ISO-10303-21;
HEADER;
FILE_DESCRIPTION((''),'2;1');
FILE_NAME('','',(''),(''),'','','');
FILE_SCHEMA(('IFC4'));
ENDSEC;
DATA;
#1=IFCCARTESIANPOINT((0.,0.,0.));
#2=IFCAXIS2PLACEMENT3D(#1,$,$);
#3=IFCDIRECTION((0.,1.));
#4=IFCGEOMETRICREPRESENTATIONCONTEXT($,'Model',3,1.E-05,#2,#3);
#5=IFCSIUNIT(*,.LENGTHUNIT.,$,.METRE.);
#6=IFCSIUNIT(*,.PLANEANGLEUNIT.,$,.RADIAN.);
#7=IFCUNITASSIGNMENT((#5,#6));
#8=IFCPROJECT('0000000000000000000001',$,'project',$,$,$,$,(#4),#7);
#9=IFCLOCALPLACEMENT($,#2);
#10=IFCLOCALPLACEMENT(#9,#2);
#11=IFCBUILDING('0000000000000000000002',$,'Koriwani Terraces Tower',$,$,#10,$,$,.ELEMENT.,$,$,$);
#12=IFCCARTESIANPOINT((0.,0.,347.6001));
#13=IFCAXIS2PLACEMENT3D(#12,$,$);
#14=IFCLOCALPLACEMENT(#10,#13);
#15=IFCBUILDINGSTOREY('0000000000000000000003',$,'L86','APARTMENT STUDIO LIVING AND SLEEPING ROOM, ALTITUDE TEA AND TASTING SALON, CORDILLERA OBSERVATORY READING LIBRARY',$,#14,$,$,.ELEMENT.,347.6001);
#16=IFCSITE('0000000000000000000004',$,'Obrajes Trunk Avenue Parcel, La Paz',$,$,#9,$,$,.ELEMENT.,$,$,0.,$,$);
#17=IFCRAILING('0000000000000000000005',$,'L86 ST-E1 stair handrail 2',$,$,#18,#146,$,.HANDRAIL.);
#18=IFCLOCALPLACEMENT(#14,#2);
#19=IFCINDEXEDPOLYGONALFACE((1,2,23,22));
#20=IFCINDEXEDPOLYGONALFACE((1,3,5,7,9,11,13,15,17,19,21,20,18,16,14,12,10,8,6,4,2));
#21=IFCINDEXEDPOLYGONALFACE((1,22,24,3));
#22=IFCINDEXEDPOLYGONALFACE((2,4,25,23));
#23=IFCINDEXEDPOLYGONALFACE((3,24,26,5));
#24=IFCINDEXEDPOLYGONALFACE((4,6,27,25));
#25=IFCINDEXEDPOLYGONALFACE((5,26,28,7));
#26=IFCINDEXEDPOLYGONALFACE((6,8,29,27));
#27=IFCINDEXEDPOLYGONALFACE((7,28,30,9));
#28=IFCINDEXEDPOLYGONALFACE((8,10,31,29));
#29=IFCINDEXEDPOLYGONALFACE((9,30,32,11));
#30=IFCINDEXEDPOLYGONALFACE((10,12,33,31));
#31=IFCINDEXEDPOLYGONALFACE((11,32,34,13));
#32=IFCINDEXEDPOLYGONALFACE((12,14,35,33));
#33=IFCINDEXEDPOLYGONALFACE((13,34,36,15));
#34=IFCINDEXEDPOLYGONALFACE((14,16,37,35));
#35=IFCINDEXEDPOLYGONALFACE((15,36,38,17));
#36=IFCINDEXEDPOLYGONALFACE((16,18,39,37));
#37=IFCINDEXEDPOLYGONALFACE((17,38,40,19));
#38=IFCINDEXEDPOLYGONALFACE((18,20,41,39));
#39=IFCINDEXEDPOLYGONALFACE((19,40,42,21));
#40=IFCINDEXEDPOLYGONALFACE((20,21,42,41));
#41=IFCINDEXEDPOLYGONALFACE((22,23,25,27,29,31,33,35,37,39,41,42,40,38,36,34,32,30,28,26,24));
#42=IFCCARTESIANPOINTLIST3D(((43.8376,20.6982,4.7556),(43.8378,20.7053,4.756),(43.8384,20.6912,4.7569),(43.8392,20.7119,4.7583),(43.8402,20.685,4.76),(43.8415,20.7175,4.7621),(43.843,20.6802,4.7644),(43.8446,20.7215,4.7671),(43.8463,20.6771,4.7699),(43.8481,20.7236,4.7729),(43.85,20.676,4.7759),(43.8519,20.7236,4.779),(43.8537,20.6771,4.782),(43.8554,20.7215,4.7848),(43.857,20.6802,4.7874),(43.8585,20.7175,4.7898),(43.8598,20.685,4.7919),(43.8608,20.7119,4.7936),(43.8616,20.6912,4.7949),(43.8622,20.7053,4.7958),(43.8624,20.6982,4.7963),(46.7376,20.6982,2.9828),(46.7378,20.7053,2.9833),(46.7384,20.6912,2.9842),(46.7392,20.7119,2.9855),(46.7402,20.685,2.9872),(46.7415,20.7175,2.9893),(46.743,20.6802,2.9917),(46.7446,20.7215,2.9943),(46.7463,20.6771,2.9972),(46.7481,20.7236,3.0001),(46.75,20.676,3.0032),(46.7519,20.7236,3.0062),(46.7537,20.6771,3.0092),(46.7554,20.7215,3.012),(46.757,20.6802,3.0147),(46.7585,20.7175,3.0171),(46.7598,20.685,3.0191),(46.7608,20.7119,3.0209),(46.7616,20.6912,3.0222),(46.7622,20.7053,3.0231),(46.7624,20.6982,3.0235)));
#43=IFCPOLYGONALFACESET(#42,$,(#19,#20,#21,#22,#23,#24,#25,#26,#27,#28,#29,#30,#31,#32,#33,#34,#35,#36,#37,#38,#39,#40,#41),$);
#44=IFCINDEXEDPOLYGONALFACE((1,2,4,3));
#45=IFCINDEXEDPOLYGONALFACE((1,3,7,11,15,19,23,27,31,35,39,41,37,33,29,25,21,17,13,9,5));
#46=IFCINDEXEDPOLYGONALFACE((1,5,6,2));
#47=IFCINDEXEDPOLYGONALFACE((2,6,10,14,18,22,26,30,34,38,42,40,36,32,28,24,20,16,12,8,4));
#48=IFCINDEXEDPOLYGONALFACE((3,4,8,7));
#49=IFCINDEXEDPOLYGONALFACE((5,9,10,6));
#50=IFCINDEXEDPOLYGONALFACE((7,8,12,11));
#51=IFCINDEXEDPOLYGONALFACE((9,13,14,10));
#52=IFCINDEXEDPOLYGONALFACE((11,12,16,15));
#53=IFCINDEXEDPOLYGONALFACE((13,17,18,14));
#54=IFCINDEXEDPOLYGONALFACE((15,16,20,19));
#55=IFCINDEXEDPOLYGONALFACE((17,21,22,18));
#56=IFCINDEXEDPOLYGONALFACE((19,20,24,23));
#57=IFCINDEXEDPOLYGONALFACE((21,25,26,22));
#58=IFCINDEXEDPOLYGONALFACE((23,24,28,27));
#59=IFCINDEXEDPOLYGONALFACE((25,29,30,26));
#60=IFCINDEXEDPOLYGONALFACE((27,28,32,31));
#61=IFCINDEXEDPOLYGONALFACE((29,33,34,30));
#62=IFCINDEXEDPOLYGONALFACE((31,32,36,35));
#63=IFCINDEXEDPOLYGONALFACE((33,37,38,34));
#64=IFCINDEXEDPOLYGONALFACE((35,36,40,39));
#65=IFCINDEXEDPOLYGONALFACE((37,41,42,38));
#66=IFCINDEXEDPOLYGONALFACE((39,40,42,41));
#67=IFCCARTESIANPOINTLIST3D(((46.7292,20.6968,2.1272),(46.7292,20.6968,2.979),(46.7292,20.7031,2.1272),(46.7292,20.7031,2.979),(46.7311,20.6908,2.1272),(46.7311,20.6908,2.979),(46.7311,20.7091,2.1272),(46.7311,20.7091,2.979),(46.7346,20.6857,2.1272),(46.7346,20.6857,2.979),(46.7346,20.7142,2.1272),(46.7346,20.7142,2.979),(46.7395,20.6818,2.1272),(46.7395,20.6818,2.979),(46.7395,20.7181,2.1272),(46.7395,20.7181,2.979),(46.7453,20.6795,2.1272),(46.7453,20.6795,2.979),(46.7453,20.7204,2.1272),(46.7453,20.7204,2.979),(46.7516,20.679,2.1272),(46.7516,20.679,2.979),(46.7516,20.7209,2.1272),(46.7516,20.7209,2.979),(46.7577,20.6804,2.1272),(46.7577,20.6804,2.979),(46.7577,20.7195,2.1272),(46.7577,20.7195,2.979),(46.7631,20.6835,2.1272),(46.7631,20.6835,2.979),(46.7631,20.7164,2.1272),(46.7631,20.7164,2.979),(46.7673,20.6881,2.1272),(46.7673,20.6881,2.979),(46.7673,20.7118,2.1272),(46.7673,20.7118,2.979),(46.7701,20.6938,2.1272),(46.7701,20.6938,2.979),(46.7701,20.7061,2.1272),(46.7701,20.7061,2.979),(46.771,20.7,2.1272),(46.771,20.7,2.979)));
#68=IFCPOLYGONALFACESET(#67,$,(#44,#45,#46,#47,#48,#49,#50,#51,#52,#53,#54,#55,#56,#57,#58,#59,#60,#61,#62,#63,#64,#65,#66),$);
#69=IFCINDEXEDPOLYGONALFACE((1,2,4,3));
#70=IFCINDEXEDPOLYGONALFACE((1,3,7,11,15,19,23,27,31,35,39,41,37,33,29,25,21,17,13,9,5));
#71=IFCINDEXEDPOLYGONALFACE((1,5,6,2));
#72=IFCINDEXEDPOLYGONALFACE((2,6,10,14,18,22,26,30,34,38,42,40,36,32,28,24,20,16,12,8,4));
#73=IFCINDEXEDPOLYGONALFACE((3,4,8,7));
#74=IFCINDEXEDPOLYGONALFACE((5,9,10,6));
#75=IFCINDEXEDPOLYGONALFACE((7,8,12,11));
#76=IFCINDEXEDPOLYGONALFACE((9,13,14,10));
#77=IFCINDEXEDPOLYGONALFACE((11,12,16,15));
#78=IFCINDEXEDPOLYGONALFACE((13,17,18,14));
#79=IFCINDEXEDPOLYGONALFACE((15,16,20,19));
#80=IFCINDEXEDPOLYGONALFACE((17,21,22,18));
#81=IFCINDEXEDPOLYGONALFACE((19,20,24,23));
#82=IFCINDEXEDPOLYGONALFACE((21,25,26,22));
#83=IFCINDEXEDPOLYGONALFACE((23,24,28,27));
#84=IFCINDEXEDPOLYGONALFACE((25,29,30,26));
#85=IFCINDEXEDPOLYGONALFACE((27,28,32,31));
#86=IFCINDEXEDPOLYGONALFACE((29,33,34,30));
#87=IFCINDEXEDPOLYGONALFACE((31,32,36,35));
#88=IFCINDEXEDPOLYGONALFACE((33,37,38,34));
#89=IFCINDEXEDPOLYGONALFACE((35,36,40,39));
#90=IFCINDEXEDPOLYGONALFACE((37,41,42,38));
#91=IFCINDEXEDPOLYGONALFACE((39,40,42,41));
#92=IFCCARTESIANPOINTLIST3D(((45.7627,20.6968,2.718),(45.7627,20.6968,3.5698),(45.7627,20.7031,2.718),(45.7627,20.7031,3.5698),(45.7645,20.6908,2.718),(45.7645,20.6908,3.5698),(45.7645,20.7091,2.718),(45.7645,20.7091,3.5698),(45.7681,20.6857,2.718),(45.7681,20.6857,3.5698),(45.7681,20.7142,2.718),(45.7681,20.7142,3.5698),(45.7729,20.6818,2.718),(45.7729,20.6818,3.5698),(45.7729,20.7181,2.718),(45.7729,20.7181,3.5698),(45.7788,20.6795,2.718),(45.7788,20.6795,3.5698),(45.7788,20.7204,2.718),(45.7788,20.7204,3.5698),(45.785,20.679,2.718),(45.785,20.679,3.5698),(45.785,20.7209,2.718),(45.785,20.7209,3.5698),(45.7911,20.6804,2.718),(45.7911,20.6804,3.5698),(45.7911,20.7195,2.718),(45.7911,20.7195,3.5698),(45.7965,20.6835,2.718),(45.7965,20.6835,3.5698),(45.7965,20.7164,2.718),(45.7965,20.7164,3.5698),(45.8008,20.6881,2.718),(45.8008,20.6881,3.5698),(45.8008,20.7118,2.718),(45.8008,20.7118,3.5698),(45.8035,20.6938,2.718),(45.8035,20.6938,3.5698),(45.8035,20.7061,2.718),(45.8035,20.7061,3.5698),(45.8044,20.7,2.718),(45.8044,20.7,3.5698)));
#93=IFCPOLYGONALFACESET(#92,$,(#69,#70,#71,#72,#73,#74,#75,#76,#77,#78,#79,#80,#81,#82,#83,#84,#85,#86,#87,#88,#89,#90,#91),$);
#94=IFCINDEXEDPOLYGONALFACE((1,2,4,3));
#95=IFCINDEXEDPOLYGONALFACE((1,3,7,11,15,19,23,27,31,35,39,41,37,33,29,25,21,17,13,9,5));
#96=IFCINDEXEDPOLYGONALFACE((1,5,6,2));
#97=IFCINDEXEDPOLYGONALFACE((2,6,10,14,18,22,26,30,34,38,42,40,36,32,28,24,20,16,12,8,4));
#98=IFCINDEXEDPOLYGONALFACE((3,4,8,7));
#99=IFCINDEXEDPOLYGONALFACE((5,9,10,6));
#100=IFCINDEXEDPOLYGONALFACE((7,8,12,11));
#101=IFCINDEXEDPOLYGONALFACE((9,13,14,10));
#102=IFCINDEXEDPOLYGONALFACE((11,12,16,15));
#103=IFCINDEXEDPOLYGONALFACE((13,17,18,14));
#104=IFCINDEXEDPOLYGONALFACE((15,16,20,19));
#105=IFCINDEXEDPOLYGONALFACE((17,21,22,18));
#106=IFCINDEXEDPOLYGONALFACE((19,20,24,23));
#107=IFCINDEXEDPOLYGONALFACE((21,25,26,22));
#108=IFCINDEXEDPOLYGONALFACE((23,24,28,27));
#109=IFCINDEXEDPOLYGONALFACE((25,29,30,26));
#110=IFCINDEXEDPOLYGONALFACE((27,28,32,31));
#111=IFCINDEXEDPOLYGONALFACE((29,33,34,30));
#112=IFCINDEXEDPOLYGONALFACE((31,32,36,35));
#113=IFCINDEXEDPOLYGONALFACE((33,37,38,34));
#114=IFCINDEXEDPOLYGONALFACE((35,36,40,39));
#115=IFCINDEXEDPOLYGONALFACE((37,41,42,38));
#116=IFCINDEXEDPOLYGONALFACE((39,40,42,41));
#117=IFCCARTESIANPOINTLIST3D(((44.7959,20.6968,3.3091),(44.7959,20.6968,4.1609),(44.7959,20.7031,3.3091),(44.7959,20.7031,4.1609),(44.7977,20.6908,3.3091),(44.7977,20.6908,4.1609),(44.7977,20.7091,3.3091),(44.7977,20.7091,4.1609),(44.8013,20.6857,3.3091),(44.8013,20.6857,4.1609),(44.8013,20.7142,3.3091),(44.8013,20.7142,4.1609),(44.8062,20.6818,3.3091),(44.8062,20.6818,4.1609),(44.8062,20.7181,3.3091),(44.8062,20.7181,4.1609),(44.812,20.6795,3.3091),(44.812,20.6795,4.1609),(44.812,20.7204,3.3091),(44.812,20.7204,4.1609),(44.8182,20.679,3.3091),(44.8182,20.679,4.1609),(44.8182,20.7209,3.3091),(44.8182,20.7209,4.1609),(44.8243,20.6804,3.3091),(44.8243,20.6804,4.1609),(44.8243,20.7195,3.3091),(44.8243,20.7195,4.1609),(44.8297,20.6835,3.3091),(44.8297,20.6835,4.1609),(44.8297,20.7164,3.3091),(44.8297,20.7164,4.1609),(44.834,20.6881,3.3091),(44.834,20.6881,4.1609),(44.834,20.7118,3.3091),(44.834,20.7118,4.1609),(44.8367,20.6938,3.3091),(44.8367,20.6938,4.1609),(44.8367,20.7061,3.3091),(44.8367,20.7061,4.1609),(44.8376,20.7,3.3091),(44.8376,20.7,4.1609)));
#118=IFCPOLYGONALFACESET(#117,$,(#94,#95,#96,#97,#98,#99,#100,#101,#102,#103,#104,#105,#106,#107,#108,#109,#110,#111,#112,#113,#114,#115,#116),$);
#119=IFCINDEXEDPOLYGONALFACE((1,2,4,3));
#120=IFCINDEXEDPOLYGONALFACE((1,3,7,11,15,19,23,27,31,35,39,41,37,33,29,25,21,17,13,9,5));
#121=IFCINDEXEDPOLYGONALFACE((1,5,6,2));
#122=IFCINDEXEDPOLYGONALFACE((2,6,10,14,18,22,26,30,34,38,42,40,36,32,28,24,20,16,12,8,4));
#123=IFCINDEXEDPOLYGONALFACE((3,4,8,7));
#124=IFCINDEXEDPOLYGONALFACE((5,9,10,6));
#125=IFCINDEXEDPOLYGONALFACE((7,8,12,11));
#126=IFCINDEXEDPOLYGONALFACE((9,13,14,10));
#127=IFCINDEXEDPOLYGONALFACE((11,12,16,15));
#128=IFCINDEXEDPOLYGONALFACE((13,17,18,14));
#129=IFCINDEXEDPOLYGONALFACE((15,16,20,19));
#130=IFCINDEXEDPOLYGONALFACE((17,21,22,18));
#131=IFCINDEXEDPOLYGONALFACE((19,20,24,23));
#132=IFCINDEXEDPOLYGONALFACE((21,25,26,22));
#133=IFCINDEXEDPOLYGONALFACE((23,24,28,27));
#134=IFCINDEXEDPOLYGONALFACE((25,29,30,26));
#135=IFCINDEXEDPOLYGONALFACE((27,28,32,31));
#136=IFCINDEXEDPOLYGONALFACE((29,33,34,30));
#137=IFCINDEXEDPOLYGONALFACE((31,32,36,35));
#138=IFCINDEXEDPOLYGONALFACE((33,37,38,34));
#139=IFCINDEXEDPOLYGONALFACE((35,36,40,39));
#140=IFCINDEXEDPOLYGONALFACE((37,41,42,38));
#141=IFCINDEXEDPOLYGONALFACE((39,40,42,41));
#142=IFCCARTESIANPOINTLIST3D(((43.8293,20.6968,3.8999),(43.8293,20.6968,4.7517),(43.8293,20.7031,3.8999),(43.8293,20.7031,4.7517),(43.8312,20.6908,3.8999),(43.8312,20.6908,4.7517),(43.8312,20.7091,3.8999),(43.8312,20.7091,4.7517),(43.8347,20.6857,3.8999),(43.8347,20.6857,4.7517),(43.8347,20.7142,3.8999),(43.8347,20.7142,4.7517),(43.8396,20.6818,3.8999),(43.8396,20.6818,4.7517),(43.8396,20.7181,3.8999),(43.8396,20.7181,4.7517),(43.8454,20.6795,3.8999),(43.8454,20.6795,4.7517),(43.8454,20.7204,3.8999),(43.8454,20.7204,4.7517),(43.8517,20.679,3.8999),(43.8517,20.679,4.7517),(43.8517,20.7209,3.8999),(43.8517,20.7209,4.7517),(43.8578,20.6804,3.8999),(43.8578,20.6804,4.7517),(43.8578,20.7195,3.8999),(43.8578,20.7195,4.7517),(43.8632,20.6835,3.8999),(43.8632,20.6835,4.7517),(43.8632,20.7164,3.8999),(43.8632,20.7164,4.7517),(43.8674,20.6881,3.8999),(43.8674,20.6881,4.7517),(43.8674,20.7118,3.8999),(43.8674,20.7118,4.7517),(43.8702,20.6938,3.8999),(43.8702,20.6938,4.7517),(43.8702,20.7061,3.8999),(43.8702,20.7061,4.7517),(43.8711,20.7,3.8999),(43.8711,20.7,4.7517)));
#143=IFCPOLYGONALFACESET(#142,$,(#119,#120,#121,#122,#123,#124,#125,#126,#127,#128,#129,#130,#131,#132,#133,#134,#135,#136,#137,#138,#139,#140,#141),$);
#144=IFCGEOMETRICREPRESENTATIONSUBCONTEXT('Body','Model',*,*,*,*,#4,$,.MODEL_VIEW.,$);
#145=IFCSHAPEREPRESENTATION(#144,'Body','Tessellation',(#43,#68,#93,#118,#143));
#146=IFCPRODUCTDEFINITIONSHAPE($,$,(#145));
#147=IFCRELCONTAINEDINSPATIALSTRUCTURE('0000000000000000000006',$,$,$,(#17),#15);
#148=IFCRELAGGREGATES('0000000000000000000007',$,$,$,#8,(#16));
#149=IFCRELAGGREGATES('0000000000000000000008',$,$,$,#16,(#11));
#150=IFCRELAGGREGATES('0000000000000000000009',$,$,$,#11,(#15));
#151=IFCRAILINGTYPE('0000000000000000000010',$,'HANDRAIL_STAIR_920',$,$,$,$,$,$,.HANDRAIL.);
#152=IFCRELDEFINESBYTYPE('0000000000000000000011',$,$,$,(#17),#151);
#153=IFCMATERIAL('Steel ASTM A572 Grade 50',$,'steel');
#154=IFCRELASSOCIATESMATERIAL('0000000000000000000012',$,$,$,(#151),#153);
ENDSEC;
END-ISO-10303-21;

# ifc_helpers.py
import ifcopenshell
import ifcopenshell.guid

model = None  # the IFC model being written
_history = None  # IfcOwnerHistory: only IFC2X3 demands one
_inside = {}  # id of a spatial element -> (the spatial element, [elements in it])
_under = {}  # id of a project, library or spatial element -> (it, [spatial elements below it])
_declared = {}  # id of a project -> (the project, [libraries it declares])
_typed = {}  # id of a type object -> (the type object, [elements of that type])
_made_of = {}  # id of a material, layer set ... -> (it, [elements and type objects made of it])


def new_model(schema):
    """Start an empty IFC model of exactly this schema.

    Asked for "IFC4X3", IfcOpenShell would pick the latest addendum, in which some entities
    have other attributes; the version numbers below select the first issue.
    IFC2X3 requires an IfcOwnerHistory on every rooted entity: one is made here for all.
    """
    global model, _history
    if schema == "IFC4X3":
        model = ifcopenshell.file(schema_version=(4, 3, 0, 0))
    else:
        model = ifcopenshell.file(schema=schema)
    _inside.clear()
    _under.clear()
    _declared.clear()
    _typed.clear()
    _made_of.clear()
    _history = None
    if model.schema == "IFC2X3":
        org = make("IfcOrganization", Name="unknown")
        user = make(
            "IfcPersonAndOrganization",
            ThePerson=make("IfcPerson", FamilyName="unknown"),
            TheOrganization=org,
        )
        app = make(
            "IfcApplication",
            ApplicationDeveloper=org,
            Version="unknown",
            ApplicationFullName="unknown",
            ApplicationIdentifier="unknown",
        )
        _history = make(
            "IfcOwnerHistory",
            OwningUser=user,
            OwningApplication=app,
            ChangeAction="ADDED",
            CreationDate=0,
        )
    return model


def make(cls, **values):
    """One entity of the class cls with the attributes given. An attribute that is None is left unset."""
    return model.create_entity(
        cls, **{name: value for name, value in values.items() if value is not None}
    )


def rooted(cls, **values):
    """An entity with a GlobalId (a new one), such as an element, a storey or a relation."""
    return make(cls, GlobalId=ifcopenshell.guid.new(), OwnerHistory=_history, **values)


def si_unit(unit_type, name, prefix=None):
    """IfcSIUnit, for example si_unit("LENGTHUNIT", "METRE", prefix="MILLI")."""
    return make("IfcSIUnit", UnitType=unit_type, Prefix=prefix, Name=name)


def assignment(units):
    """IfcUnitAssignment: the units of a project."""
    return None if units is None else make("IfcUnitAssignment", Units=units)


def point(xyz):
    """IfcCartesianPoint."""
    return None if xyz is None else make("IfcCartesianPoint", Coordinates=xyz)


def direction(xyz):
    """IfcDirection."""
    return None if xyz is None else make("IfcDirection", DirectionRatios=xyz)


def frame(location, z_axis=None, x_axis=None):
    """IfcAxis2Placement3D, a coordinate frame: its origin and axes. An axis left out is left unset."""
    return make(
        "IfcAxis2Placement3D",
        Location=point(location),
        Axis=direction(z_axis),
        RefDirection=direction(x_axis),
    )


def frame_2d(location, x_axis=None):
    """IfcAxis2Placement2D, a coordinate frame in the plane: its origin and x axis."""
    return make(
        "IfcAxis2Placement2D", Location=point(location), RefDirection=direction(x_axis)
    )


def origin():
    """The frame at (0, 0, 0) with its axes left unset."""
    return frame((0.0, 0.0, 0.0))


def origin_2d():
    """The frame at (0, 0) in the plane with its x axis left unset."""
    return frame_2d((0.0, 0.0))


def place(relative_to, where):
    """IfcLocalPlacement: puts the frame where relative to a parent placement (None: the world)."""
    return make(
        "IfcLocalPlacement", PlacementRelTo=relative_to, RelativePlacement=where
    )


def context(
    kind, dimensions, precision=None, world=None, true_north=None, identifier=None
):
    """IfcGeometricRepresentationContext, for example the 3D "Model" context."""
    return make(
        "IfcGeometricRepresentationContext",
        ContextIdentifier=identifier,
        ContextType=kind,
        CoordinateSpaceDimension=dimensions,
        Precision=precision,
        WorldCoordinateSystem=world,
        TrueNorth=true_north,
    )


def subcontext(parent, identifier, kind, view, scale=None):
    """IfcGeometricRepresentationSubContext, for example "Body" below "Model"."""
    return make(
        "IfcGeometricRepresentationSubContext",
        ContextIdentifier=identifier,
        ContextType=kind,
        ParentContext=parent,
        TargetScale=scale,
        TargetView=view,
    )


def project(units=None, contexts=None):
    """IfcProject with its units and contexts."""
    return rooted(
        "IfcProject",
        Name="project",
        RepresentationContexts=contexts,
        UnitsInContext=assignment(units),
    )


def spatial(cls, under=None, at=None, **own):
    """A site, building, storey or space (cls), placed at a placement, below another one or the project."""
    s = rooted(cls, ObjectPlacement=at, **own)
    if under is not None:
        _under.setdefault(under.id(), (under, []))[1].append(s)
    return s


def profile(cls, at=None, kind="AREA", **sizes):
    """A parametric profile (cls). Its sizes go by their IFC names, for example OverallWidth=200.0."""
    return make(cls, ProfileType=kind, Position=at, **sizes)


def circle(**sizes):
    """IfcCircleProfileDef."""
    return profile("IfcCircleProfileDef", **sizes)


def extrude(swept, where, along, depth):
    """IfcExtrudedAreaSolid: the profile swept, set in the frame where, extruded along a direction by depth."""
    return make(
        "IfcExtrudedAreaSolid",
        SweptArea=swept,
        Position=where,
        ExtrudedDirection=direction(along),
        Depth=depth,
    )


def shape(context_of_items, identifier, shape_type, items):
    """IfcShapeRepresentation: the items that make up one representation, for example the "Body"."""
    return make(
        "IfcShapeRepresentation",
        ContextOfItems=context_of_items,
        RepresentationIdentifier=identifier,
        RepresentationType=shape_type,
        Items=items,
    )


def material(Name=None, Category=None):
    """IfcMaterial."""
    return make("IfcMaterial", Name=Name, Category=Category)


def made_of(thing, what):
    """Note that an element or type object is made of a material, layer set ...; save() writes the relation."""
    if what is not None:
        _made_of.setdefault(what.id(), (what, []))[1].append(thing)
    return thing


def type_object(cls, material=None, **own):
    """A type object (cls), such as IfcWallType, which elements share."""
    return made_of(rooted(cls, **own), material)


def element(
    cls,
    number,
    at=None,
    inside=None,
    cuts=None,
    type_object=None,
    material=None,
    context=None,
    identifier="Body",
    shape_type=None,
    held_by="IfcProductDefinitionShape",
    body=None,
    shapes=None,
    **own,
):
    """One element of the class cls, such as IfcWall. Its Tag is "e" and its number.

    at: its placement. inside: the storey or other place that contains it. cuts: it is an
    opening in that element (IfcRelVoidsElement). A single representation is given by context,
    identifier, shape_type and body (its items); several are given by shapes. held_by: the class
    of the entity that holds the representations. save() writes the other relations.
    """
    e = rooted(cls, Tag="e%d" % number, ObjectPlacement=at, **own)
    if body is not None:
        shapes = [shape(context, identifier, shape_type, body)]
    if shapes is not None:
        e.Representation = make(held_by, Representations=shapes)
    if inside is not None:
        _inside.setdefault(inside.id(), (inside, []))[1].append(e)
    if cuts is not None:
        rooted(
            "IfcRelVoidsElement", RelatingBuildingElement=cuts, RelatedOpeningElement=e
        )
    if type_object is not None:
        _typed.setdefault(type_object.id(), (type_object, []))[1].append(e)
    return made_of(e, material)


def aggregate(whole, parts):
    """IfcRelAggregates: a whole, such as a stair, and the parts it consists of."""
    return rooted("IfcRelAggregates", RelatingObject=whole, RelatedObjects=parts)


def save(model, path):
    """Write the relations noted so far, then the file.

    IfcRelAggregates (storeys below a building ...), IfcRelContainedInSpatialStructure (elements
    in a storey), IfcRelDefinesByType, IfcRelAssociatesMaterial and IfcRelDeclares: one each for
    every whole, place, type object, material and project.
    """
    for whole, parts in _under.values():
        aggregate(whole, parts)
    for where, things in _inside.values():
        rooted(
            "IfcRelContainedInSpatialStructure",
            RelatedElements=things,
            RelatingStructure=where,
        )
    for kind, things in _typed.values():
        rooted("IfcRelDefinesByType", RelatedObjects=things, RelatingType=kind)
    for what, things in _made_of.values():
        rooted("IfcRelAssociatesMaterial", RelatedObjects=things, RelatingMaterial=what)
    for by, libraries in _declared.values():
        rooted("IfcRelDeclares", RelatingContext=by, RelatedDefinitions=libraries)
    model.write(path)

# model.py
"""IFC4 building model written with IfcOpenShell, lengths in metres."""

from ifc_helpers import new_model, si_unit, direction, frame, origin, origin_2d, place, context, subcontext, project, spatial, circle, extrude, material, type_object, element, save


model = new_model("IFC4")

# Units and contexts
model_context = context("Model", 3, precision=1e-05, world=origin(), true_north=direction((0.0, 1.0)))
body_context = subcontext(model_context, "Body", "Model", "MODEL_VIEW")
ifc_project = project(units=[si_unit("LENGTHUNIT", "METRE"), si_unit("PLANEANGLEUNIT", "RADIAN")], contexts=[model_context])

# Site, building, storey
site_placement = place(None, origin())
site = spatial("IfcSite", under=ifc_project, at=site_placement, Name="Obrajes Trunk Avenue Parcel, La Paz", CompositionType="ELEMENT", RefElevation=0.0)
building_placement = place(site_placement, origin())
building = spatial("IfcBuilding", under=site, at=building_placement, Name="Koriwani Terraces Tower", CompositionType="ELEMENT")
storey_placement = place(building_placement, frame((0.0, 0.0, 347.6001)))
storey = spatial("IfcBuildingStorey", under=building, at=storey_placement, Name="L86", Description="APARTMENT STUDIO LIVING AND SLEEPING ROOM, ALTITUDE TEA AND TASTING SALON, CORDILLERA OBSERVATORY READING LIBRARY", CompositionType="ELEMENT", Elevation=347.6001)

# Shared definitions
ifc_material_1 = material(Name="Steel ASTM A572 Grade 50", Category="steel")

# Railing
railing_type_1 = type_object("IfcRailingType", Name="HANDRAIL_STAIR_920", PredefinedType="HANDRAIL", material=ifc_material_1)
railing_1_placement = place(storey_placement, frame((46.75, 20.7, 2.1272)))
element("IfcRailing", 1, at=railing_1_placement, inside=storey, type_object=railing_type_1, Name="L86 ST-E1 stair handrail 2", PredefinedType="HANDRAIL", context=body_context, shape_type="SweptSolid", body=[
    extrude(circle(Radius=0.0239, at=origin_2d()), frame((0.0, 0.0, 0.876), z_axis=(-0.853211, 0.0, 0.521566), x_axis=(0.0, -1.0, 0.0)), (0.0, 0.0, 1.0), 3.3989),
    extrude(circle(Radius=0.021, at=origin_2d()), origin(), (0.0, 0.0, 1.0), 0.8518),
    extrude(circle(Radius=0.021, at=origin_2d()), frame((-0.9666, 0.0, 0.5908)), (0.0, 0.0, 1.0), 0.8518),
    extrude(circle(Radius=0.021, at=origin_2d()), frame((-1.9333, 0.0, 1.1819)), (0.0, 0.0, 1.0), 0.8518),
    extrude(circle(Radius=0.021, at=origin_2d()), frame((-2.8999, 0.0, 1.7727)), (0.0, 0.0, 1.0), 0.8518),
])

save(model, "model.ifc")
